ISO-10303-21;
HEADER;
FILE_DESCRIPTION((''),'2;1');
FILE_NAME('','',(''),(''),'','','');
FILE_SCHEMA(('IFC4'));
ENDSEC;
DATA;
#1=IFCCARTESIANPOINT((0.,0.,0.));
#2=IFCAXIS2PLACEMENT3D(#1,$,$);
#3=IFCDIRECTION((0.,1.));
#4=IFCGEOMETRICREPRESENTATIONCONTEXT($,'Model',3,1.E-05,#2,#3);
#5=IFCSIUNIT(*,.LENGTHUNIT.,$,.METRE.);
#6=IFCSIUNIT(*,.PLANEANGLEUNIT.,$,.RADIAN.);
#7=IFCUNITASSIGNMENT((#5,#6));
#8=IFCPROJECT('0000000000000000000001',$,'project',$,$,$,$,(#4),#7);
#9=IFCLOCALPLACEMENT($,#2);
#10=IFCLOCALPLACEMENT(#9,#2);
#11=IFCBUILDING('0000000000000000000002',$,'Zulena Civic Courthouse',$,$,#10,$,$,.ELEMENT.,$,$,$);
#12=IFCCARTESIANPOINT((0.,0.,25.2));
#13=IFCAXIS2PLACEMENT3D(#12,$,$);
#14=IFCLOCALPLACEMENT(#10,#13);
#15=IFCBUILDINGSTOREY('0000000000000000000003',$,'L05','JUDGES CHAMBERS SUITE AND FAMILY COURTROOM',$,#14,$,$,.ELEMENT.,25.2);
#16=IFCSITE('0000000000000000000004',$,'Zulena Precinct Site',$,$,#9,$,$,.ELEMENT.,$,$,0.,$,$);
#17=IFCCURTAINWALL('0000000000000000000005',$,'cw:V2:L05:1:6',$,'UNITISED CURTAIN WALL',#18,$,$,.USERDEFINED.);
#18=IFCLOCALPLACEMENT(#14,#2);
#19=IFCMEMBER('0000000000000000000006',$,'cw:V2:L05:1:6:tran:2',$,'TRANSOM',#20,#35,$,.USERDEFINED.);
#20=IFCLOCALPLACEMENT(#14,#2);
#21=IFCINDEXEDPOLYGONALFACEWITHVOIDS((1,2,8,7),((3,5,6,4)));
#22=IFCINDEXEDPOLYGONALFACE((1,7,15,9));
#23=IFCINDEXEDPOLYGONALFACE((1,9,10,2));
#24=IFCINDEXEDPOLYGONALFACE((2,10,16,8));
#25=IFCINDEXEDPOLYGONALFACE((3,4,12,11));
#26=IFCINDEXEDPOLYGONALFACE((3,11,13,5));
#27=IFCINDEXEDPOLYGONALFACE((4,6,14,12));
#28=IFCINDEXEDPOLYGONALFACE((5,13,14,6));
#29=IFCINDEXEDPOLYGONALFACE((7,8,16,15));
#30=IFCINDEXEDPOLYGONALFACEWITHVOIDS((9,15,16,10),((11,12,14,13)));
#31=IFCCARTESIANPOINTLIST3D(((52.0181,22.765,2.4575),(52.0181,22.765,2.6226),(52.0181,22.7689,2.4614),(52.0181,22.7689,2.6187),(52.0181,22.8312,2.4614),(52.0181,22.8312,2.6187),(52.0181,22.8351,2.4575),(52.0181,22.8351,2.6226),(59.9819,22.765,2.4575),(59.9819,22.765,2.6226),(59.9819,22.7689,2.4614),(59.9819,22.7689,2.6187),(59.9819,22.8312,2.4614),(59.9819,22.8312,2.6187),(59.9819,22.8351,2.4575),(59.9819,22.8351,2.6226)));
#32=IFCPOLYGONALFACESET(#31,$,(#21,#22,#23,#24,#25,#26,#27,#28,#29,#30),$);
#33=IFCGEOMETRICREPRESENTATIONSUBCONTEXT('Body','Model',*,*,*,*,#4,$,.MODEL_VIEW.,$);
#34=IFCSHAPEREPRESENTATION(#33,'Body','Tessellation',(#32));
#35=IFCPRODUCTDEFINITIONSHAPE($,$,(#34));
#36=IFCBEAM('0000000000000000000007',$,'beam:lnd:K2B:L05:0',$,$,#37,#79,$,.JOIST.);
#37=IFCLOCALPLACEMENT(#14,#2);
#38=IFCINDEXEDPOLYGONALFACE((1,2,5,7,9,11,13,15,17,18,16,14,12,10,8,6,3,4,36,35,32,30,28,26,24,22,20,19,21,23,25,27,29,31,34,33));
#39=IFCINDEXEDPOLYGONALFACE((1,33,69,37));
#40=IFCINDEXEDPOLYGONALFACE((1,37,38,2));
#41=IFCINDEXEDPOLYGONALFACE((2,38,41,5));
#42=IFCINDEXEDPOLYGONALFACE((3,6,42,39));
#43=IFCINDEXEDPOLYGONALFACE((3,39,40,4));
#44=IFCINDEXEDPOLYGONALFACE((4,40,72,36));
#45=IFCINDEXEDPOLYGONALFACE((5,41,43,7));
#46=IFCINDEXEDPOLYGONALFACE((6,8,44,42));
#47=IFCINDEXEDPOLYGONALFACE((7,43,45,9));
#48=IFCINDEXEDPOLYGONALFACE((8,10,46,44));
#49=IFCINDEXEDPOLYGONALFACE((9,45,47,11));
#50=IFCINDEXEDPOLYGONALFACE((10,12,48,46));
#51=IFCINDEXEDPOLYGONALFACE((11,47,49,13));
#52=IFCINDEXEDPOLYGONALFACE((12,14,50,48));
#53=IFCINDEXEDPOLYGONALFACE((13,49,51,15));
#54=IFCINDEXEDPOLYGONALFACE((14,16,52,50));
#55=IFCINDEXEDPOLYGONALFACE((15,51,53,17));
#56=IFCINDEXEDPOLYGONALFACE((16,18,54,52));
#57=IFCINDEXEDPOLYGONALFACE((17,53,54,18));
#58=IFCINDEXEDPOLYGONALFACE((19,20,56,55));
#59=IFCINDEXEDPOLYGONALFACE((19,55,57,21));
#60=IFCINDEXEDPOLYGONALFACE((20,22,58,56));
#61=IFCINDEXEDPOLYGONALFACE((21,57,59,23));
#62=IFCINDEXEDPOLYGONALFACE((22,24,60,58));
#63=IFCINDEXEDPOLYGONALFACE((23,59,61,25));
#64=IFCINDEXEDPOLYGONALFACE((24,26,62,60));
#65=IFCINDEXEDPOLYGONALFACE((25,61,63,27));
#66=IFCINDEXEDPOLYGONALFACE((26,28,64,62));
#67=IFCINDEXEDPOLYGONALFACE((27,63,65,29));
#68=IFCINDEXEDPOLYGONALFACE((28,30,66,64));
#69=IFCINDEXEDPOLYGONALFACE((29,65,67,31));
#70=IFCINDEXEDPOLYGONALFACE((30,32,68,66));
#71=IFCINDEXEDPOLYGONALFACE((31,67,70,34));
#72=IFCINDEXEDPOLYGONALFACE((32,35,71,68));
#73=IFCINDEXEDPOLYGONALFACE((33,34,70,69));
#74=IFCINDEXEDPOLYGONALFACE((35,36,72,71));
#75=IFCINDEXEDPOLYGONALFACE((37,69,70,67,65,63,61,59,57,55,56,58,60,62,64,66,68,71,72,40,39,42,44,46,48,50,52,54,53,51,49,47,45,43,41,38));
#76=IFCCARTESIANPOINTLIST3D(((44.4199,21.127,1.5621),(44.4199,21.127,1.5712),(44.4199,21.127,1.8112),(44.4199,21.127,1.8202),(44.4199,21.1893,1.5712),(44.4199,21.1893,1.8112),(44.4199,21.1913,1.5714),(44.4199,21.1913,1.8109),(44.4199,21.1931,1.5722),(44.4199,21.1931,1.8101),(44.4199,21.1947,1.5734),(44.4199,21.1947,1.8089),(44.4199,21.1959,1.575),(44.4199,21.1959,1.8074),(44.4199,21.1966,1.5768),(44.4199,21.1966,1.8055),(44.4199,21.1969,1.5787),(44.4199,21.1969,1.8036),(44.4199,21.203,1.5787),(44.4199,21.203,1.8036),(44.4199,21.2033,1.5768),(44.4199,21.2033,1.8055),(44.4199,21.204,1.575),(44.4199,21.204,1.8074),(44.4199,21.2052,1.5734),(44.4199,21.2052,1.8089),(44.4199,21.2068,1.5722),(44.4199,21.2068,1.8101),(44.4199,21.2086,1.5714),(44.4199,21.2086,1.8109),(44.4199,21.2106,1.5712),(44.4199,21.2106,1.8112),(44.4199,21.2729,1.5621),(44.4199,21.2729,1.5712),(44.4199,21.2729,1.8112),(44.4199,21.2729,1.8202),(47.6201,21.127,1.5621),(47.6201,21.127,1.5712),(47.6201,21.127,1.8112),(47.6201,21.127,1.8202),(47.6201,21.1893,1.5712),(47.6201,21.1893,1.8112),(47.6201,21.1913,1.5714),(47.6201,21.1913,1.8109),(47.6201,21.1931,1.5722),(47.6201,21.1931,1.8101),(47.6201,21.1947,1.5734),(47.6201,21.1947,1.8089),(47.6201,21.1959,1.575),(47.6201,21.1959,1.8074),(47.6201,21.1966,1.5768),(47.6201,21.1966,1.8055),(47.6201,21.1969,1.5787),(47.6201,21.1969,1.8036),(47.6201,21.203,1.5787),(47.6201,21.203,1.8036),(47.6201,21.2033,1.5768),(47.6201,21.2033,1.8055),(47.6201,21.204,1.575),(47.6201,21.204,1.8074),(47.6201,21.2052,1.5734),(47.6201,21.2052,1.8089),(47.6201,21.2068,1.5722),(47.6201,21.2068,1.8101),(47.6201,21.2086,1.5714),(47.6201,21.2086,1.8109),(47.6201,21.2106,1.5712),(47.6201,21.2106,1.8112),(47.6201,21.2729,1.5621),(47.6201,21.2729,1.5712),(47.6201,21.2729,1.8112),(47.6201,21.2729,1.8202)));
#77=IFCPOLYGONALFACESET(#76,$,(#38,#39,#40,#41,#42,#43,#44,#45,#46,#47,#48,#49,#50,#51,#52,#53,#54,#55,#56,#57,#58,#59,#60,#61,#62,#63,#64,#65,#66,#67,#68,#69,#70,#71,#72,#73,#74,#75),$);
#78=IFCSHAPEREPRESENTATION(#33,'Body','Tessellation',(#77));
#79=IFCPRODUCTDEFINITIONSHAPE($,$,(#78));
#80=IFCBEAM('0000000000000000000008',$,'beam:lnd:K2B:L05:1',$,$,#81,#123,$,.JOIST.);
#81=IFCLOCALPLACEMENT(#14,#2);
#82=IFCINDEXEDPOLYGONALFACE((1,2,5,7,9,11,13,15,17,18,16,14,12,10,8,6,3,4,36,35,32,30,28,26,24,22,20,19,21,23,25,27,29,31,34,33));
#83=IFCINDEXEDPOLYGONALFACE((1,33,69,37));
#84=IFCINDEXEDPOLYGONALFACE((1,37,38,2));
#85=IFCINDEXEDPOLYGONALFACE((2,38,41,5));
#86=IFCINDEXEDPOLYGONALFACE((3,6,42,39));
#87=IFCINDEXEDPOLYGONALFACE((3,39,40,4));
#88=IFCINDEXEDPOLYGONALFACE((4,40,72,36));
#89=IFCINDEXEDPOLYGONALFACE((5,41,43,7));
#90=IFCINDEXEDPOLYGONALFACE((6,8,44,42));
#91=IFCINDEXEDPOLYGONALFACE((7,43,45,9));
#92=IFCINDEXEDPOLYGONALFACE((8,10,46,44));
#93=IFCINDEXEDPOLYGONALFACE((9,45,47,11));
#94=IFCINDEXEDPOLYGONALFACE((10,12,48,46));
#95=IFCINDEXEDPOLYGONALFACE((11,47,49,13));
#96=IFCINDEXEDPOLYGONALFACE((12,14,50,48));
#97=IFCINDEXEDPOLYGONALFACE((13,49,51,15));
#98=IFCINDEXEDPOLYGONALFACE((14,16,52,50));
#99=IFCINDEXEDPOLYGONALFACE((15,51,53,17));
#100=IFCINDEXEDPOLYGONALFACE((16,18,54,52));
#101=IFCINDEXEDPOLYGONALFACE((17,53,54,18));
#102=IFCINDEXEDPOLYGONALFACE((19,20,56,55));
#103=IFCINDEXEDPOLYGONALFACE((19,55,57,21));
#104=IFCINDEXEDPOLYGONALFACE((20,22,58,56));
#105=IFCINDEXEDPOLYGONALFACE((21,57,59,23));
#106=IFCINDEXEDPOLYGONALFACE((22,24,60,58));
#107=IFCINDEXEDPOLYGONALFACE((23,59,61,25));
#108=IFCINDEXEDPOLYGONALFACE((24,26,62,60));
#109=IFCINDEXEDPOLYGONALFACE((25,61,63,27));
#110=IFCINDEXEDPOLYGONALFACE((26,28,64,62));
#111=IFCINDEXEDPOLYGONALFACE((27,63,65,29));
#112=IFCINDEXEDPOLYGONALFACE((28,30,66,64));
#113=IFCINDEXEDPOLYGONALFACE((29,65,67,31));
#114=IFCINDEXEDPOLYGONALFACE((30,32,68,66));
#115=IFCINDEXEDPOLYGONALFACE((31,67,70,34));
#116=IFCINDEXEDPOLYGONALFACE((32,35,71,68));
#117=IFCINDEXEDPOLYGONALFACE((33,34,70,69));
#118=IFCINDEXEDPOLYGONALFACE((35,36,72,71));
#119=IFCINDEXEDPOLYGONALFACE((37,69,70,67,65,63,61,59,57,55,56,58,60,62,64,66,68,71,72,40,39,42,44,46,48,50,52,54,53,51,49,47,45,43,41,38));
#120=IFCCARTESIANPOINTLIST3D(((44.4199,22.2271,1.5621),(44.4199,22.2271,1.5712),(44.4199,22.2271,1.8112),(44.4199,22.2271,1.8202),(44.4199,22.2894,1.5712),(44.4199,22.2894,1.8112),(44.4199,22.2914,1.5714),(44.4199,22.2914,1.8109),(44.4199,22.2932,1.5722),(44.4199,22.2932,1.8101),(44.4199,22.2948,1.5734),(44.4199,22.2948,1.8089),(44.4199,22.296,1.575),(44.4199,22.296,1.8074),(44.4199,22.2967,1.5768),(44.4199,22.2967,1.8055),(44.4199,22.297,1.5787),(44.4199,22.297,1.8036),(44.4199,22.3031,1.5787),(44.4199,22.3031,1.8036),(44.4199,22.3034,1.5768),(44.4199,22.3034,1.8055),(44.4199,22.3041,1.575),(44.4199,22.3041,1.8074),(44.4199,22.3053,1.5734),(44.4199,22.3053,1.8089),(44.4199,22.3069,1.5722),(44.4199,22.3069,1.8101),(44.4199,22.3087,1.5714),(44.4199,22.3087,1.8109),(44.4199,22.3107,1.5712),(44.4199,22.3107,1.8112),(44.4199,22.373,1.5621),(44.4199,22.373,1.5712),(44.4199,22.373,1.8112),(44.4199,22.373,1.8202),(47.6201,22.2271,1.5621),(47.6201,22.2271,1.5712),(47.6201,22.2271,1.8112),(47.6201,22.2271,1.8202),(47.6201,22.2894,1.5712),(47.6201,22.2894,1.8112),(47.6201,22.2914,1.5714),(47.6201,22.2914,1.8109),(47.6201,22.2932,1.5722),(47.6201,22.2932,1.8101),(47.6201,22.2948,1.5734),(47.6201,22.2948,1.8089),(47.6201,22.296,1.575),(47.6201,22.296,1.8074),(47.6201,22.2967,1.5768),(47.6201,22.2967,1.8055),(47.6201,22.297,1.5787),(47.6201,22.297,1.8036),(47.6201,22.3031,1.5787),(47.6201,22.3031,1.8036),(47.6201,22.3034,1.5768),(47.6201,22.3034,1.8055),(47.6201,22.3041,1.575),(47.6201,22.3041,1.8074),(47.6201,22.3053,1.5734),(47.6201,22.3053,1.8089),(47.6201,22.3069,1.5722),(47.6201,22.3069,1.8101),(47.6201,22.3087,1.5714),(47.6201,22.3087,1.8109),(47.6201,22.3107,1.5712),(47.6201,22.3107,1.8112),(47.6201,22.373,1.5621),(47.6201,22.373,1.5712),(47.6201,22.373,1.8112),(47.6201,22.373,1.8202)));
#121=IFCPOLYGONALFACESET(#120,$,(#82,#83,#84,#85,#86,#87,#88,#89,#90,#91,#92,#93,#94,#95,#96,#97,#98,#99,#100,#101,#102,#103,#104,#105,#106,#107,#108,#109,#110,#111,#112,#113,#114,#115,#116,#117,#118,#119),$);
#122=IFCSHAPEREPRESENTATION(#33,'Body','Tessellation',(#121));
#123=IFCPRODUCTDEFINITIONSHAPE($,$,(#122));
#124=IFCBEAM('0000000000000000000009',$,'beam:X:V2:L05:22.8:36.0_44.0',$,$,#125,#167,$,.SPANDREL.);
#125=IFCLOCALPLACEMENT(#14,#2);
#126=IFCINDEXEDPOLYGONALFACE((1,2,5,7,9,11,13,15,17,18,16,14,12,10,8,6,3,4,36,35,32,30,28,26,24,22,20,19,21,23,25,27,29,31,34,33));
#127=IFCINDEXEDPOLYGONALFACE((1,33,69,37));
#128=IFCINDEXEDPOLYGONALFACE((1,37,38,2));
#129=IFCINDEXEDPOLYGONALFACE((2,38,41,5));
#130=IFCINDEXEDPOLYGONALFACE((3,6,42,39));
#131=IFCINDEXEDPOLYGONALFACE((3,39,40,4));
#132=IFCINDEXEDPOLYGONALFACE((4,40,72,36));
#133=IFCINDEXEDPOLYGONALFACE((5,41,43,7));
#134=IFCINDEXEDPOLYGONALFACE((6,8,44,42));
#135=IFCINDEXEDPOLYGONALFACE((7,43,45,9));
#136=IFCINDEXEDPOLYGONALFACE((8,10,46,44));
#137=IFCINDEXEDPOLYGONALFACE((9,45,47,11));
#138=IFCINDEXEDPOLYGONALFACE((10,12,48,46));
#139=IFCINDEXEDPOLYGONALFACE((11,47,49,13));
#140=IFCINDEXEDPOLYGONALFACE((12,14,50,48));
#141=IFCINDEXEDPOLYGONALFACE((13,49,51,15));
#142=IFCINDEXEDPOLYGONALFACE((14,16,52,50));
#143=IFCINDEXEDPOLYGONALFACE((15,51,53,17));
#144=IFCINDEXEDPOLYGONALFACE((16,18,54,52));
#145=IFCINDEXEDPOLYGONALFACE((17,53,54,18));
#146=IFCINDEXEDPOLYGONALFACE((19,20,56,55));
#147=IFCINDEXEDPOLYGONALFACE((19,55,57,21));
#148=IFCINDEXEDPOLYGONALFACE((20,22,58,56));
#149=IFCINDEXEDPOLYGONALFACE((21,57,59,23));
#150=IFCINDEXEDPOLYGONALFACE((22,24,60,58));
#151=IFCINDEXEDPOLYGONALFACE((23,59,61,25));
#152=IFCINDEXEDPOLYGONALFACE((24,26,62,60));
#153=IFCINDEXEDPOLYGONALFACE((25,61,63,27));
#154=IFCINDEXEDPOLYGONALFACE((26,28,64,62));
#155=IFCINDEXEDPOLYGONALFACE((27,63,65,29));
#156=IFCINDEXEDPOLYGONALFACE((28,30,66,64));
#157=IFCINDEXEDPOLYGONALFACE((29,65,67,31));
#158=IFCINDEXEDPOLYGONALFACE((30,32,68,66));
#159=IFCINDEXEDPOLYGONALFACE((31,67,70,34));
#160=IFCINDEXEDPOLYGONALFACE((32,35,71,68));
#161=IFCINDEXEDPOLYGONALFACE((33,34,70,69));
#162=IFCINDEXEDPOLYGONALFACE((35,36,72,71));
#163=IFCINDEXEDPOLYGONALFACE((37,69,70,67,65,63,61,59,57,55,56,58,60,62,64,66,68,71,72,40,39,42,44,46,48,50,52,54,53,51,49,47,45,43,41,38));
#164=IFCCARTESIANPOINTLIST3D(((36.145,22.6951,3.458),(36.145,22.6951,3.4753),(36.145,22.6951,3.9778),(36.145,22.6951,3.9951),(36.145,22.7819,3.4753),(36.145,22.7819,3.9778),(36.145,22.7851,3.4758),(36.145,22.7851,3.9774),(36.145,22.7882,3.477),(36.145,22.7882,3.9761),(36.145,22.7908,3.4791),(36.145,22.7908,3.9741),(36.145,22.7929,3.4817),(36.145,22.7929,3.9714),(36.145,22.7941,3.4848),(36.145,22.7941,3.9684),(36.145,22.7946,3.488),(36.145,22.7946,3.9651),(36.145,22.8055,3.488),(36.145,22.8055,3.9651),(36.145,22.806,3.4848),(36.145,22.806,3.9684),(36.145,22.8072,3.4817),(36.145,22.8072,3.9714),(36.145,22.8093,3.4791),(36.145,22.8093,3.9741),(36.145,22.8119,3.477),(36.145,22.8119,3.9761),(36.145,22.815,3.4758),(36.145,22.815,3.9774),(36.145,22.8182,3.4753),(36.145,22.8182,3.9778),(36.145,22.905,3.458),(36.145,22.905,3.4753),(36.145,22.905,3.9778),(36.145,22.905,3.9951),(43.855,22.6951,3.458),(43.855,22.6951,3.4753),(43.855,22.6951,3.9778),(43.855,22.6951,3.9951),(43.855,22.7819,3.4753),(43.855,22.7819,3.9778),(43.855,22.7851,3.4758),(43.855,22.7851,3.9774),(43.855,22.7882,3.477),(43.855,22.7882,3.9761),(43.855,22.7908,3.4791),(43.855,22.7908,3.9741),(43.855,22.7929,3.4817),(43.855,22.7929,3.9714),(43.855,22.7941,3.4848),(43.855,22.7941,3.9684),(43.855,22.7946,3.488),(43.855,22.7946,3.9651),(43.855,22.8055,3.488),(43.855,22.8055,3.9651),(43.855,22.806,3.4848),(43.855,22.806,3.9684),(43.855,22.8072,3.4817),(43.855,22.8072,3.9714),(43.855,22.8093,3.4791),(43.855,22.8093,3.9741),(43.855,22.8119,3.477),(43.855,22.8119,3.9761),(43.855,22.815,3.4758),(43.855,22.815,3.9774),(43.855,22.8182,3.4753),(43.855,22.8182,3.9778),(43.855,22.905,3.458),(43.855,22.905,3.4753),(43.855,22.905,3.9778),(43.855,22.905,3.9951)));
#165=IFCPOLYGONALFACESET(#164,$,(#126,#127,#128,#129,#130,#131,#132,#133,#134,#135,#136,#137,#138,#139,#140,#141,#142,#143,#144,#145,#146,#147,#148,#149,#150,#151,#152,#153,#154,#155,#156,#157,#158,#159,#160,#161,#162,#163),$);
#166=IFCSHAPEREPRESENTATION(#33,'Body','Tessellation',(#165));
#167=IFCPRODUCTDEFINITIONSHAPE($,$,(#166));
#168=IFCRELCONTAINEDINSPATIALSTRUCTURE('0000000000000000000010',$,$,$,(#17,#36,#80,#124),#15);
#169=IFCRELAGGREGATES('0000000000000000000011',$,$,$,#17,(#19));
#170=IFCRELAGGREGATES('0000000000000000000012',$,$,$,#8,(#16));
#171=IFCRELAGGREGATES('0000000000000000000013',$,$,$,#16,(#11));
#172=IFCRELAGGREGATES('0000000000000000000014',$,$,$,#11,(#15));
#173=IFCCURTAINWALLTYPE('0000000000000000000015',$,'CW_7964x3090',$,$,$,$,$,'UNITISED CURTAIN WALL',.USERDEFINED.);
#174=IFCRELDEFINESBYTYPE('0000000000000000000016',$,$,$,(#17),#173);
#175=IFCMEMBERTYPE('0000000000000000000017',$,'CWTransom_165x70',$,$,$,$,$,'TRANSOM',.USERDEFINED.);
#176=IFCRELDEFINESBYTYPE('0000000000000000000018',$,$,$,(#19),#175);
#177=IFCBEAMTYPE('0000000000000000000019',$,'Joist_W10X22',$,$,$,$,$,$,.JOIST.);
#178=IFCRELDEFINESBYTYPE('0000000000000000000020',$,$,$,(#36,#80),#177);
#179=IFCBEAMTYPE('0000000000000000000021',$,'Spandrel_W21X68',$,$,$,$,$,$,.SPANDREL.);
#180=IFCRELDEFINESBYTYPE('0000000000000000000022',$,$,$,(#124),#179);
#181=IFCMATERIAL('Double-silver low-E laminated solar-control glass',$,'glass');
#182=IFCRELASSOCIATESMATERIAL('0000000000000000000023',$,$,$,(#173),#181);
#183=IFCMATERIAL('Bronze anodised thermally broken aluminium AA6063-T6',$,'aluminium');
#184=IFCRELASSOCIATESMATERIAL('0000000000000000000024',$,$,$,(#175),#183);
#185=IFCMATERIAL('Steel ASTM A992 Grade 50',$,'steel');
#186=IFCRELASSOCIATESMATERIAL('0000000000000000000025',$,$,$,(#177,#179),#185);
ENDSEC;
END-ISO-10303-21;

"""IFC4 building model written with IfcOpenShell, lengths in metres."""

from ifc_helpers import new_model, si_unit, direction, frame, origin, origin_2d, place, context, subcontext, project, spatial, hollow_rectangle, i_section, extrude, material, material_profile, profile_set, type_object, element, aggregate, save


model = new_model("IFC4")

# Units and contexts
model_context = context("Model", 3, precision=1e-05, world=origin(), true_north=direction((0.0, 1.0)))
body_context = subcontext(model_context, "Body", "Model", "MODEL_VIEW")
ifc_project = project(units=[si_unit("LENGTHUNIT", "METRE"), si_unit("PLANEANGLEUNIT", "RADIAN")], contexts=[model_context])

# Site, building, storey
site_placement = place(None, origin())
site = spatial("IfcSite", under=ifc_project, at=site_placement, Name="Zulena Precinct Site", CompositionType="ELEMENT", RefElevation=0.0)
building_placement = place(site_placement, origin())
building = spatial("IfcBuilding", under=site, at=building_placement, Name="Zulena Civic Courthouse", CompositionType="ELEMENT")
storey_placement = place(building_placement, frame((0.0, 0.0, 25.2)))
storey = spatial("IfcBuildingStorey", under=building, at=storey_placement, Name="L05", Description="JUDGES CHAMBERS SUITE AND FAMILY COURTROOM", CompositionType="ELEMENT", Elevation=25.2)

# Shared definitions
ifc_material_1 = material(Name="Steel ASTM A992 Grade 50", Category="steel")

# Curtain wall, member
ifc_material_2 = material(Name="Double-silver low-E laminated solar-control glass", Category="glass")
curtain_wall_type = type_object("IfcCurtainWallType", Name="CW_7964x3090", ElementType="UNITISED CURTAIN WALL", PredefinedType="USERDEFINED", material=ifc_material_2)
curtain_wall_placement = place(storey_placement, origin())
curtain_wall = element("IfcCurtainWall", 1, at=curtain_wall_placement, inside=storey, type_object=curtain_wall_type, Name="cw:V2:L05:1:6", ObjectType="UNITISED CURTAIN WALL", PredefinedType="USERDEFINED")
ifc_material_3 = material(Name="Bronze anodised thermally broken aluminium AA6063-T6", Category="aluminium")
ifc_material_profile_1 = material_profile(ifc_material_3, hollow_rectangle(XDim=0.0701, YDim=0.165, WallThickness=0.0039, at=origin_2d()), Name="CWT165X70X4")
ifc_profile_set_1 = profile_set([ifc_material_profile_1], Name="Bronze anodised thermally broken aluminium AA6063-T6")
member_type_1 = type_object("IfcMemberType", Name="CWTransom_165x70", ElementType="TRANSOM", PredefinedType="USERDEFINED", material=ifc_profile_set_1)
member_1_placement = place(storey_placement, frame((52.0181, 22.8, 2.54), z_axis=(1.0, 0.0, 0.0), x_axis=(0.0, 1.0, 0.0)))
member_1 = element("IfcMember", 2, at=member_1_placement, type_object=member_type_1, Name="cw:V2:L05:1:6:tran:2", ObjectType="TRANSOM", PredefinedType="USERDEFINED", context=body_context, shape_type="SweptSolid", body=[
    extrude(hollow_rectangle(XDim=0.0701, YDim=0.165, WallThickness=0.0039, at=origin_2d()), origin(), (0.0, 0.0, 1.0), 7.9639),
])
aggregate(curtain_wall, [member_1])

# Beams
ifc_material_profile_2 = material_profile(ifc_material_1, i_section(OverallWidth=0.146, OverallDepth=0.2581, WebThickness=0.0061, FlangeThickness=0.009, FilletRadius=0.0076, at=origin_2d()), Name="W10X22")
ifc_profile_set_2 = profile_set([ifc_material_profile_2], Name="Steel ASTM A992 Grade 50")
beam_type_1 = type_object("IfcBeamType", Name="Joist_W10X22", PredefinedType="JOIST", material=ifc_profile_set_2)
for number, where, z_axis, x_axis, name in (
    (3, (44.4199, 21.2, 1.6912), (1.0, 0.0, 0.0), (0.0, 1.0, 0.0), "beam:lnd:K2B:L05:0"),
    (4, (44.4199, 22.3, 1.6912), (1.0, 0.0, 0.0), (0.0, 1.0, 0.0), "beam:lnd:K2B:L05:1"),
):
    element("IfcBeam", number, at=place(storey_placement, frame(where, z_axis=z_axis, x_axis=x_axis)), inside=storey, type_object=beam_type_1, Name=name, PredefinedType="JOIST", context=body_context, shape_type="SweptSolid", body=[
        extrude(i_section(OverallWidth=0.146, OverallDepth=0.2581, WebThickness=0.0061, FlangeThickness=0.009, FilletRadius=0.0076, at=origin_2d()), origin(), (0.0, 0.0, 1.0), 3.2002),
    ])
ifc_material_profile_3 = material_profile(ifc_material_1, i_section(OverallWidth=0.21, OverallDepth=0.5371, WebThickness=0.011, FlangeThickness=0.0173, FilletRadius=0.0127, at=origin_2d()), Name="W21X68")
ifc_profile_set_3 = profile_set([ifc_material_profile_3], Name="Steel ASTM A992 Grade 50")
beam_type_2 = type_object("IfcBeamType", Name="Spandrel_W21X68", PredefinedType="SPANDREL", material=ifc_profile_set_3)
for number, where, z_axis, x_axis, name in (
    (5, (36.145, 22.8, 3.7266), (1.0, 0.0, 0.0), (0.0, 1.0, 0.0), "beam:X:V2:L05:22.8:36.0_44.0"),
):
    element("IfcBeam", number, at=place(storey_placement, frame(where, z_axis=z_axis, x_axis=x_axis)), inside=storey, type_object=beam_type_2, Name=name, PredefinedType="SPANDREL", context=body_context, shape_type="SweptSolid", body=[
        extrude(i_section(OverallWidth=0.21, OverallDepth=0.5371, WebThickness=0.011, FlangeThickness=0.0173, FilletRadius=0.0127, at=origin_2d()), origin(), (0.0, 0.0, 1.0), 7.71),
    ])

save(model, "model.ifc")
